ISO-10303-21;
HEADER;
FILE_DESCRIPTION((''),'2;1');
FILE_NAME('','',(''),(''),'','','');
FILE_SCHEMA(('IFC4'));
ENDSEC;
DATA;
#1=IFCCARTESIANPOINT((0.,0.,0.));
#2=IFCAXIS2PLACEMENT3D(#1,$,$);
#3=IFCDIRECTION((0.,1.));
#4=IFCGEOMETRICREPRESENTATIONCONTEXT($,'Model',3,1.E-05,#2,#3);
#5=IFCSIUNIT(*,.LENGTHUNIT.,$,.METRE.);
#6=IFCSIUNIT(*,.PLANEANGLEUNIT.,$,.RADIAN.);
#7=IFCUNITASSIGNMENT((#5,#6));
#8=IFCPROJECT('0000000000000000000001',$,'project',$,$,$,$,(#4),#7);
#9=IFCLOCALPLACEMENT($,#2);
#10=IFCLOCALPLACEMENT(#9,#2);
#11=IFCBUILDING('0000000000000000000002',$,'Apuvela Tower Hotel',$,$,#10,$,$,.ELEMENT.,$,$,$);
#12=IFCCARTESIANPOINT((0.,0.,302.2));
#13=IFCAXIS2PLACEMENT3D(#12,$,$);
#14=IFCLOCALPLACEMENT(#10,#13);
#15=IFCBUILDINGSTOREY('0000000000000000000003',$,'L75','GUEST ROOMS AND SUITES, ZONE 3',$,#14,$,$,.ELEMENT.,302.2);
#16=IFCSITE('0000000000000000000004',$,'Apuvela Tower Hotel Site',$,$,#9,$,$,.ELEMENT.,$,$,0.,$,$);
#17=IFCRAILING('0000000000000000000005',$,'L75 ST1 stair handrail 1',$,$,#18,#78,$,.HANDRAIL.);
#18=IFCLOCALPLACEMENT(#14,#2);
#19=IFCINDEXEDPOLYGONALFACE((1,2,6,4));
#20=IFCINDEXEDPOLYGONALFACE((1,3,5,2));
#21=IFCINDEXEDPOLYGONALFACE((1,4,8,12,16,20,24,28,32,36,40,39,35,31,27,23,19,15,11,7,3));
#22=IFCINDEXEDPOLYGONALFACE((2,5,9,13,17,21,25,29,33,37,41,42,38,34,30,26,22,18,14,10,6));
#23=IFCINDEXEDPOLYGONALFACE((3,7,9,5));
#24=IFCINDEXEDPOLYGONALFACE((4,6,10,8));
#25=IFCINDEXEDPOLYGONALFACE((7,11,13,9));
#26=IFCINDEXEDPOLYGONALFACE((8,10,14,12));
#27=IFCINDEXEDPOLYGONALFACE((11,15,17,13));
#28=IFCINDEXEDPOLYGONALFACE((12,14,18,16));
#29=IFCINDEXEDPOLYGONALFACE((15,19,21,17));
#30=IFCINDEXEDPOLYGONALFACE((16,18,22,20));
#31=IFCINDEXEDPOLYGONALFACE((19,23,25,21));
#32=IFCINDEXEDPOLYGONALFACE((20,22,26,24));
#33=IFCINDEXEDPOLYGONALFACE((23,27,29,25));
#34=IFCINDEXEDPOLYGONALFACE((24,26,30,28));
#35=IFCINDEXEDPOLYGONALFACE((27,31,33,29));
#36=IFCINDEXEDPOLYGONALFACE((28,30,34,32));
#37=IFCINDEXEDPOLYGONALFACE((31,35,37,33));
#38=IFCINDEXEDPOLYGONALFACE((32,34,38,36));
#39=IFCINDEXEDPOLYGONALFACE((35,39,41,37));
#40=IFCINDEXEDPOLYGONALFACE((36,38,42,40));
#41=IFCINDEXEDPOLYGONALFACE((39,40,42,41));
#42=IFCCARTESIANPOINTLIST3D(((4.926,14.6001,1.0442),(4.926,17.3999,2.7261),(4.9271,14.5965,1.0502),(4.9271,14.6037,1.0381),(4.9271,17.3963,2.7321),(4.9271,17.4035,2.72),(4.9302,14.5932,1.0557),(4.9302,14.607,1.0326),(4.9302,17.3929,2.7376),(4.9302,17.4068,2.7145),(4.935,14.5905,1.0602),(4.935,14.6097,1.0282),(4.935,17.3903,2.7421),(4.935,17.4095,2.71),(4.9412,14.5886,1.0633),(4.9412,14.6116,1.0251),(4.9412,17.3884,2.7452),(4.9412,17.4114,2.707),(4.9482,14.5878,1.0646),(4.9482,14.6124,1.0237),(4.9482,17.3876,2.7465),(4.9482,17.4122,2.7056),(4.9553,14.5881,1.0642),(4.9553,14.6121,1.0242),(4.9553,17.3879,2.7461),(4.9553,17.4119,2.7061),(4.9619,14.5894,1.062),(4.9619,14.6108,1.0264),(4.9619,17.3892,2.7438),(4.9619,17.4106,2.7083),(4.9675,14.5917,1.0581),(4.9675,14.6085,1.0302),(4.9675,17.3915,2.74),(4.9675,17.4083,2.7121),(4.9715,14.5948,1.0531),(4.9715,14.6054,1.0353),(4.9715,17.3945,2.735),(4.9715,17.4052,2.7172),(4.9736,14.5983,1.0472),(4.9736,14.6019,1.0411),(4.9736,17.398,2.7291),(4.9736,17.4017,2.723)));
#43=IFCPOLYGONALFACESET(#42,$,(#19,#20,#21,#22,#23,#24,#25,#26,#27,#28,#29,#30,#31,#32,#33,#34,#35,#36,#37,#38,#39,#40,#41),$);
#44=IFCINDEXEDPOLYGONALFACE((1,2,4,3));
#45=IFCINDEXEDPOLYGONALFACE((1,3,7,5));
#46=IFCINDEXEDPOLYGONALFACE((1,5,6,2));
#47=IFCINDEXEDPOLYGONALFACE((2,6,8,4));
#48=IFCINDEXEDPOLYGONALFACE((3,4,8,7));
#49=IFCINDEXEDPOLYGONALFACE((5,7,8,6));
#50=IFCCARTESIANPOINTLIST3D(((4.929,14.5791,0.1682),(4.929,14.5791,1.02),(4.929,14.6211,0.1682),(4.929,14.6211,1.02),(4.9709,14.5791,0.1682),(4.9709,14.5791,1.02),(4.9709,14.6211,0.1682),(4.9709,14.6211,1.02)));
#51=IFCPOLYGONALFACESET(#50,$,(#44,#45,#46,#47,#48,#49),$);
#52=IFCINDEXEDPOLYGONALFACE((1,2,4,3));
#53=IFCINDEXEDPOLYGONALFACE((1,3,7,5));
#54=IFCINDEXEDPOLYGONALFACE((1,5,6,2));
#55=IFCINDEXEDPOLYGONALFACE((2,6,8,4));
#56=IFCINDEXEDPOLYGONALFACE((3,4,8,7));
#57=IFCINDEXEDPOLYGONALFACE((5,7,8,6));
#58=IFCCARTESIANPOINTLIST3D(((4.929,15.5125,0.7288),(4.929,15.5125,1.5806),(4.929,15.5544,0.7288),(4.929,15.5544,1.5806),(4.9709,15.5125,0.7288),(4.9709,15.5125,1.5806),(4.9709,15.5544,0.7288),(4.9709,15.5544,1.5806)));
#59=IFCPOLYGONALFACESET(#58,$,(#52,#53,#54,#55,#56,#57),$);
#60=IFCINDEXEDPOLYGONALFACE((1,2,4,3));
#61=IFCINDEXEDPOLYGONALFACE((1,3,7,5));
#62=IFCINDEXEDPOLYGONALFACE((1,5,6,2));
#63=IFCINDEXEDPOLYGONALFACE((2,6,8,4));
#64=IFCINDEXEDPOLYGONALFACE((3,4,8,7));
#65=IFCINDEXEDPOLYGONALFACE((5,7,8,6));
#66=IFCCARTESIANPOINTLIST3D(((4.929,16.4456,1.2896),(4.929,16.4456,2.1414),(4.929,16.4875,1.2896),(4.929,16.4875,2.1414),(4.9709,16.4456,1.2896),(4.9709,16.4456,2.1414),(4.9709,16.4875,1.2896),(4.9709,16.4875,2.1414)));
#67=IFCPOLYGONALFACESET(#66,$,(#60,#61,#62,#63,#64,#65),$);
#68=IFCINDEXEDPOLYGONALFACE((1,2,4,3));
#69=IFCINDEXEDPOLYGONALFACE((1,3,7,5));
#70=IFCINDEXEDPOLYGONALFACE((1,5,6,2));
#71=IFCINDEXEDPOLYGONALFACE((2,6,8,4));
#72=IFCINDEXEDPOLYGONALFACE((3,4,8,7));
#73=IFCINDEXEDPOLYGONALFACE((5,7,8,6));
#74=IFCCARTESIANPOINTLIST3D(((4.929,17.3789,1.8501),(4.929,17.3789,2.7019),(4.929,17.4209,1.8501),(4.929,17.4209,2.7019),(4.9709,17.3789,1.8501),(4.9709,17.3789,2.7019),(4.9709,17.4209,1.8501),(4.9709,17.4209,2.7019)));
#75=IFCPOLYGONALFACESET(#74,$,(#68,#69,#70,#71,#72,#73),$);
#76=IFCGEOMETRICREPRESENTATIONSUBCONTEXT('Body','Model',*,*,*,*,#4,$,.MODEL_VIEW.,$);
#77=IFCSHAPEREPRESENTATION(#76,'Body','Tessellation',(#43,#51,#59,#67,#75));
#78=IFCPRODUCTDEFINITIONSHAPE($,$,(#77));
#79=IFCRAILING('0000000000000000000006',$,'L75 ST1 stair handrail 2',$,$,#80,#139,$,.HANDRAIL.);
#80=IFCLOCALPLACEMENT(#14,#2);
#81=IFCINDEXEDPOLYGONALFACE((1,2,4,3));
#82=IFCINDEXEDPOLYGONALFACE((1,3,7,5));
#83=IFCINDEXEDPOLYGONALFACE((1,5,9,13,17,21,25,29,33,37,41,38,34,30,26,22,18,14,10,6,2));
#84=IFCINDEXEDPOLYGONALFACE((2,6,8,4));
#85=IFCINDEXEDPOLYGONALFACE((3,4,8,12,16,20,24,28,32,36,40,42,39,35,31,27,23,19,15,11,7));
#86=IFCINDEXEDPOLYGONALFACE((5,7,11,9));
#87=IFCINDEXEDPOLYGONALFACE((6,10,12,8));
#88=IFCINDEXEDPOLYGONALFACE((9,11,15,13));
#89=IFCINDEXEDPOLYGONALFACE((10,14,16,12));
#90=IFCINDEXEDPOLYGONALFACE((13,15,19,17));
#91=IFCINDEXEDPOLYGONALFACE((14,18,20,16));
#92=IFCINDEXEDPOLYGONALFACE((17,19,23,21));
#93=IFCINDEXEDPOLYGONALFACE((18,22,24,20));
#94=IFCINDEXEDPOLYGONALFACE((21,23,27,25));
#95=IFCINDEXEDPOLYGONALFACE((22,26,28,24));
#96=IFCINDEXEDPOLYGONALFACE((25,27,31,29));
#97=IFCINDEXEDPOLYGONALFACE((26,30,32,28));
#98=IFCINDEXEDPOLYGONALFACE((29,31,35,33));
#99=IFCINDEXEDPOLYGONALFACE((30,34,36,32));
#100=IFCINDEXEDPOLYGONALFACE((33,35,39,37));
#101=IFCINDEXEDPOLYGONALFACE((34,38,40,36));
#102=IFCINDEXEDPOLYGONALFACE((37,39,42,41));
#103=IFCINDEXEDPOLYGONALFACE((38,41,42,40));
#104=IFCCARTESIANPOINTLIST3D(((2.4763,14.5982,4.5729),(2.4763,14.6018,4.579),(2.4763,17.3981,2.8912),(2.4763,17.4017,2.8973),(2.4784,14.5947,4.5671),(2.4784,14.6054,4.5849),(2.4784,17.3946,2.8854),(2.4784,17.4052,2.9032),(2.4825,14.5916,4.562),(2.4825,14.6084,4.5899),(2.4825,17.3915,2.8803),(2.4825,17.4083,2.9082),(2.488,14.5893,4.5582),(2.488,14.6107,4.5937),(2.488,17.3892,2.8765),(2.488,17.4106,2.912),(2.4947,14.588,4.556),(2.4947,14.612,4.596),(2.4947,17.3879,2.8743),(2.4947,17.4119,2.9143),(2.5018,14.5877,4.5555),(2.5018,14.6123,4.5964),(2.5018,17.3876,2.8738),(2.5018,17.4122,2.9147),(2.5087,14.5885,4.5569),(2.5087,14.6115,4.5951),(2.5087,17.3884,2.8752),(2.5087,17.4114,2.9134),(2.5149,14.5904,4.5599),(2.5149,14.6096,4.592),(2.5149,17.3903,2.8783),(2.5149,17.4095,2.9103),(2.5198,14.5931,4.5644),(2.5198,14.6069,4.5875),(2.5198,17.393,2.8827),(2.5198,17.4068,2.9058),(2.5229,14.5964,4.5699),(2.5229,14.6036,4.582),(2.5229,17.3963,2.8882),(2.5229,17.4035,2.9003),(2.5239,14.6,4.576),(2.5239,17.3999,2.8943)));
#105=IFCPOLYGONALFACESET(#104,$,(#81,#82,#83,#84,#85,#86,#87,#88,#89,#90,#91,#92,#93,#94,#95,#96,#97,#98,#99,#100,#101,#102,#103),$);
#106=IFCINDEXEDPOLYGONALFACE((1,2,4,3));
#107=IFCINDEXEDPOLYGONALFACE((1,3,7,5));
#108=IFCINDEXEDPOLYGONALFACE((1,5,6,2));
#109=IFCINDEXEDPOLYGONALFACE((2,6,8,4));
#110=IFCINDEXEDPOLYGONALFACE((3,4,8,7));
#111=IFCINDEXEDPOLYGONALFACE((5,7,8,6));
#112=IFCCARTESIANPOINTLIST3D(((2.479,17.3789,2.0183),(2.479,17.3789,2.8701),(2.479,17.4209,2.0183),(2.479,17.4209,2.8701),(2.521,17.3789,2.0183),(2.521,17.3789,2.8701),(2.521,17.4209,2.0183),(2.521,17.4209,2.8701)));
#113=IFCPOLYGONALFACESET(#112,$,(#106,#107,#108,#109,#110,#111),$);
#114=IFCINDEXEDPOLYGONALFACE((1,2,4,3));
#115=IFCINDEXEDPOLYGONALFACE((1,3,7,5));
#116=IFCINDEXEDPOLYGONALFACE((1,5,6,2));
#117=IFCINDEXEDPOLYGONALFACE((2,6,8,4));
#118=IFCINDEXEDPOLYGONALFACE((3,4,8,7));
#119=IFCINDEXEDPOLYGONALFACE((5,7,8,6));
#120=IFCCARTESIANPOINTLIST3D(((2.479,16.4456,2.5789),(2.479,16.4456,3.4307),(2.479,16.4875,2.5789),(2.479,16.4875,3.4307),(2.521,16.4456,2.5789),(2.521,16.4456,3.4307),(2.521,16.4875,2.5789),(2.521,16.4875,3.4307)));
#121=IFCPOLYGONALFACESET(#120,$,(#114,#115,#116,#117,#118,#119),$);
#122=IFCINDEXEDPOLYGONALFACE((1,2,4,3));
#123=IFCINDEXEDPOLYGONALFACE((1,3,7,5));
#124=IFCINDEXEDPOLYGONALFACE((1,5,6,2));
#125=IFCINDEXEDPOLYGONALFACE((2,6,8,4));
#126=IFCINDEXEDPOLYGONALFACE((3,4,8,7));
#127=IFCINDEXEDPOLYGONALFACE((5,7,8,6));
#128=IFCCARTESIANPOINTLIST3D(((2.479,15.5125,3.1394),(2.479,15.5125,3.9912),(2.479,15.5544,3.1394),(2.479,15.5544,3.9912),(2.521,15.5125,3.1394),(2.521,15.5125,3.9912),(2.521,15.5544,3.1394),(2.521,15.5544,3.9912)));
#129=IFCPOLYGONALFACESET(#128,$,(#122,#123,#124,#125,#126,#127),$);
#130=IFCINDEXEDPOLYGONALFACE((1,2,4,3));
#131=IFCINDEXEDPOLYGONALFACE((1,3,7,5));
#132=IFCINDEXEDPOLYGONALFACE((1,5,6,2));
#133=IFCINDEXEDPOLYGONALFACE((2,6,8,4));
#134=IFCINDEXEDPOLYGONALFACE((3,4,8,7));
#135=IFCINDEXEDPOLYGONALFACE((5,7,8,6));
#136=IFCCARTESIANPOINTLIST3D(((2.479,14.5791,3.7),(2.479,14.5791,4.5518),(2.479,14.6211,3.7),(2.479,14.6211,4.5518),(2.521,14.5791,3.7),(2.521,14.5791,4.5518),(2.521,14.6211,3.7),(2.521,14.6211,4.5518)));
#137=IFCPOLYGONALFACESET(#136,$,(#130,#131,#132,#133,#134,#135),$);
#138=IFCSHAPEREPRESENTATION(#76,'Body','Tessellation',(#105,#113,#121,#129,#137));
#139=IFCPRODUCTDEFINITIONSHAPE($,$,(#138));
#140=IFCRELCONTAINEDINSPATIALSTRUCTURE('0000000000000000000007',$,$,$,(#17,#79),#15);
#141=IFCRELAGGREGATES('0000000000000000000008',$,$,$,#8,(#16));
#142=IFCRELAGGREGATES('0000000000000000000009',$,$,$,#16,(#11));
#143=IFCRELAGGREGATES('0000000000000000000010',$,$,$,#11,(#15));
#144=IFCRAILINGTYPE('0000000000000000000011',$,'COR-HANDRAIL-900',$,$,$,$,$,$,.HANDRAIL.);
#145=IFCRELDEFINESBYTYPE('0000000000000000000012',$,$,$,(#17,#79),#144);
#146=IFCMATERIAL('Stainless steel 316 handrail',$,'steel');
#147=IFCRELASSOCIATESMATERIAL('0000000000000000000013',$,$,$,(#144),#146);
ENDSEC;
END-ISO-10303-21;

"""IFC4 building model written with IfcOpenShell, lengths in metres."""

from ifc_helpers import new_model, si_unit, direction, frame, origin, origin_2d, place, context, subcontext, project, spatial, rectangle, circle, extrude, material, type_object, element, save


model = new_model("IFC4")

# Units and contexts
model_context = context("Model", 3, precision=1e-05, world=origin(), true_north=direction((0.0, 1.0)))
body_context = subcontext(model_context, "Body", "Model", "MODEL_VIEW")
ifc_project = project(units=[si_unit("LENGTHUNIT", "METRE"), si_unit("PLANEANGLEUNIT", "RADIAN")], contexts=[model_context])

# Site, building, storey
site_placement = place(None, origin())
site = spatial("IfcSite", under=ifc_project, at=site_placement, Name="Apuvela Tower Hotel Site", CompositionType="ELEMENT", RefElevation=0.0)
building_placement = place(site_placement, origin())
building = spatial("IfcBuilding", under=site, at=building_placement, Name="Apuvela Tower Hotel", CompositionType="ELEMENT")
storey_placement = place(building_placement, frame((0.0, 0.0, 302.2)))
storey = spatial("IfcBuildingStorey", under=building, at=storey_placement, Name="L75", Description="GUEST ROOMS AND SUITES, ZONE 3", CompositionType="ELEMENT", Elevation=302.2)

# Railings
ifc_material_1 = material(Name="Stainless steel 316 handrail", Category="steel")
railing_type_1 = type_object("IfcRailingType", Name="COR-HANDRAIL-900", PredefinedType="HANDRAIL", material=ifc_material_1)
railing_1_placement = place(storey_placement, frame((4.95, 14.6001, 0.1682)))
element("IfcRailing", 1, at=railing_1_placement, inside=storey, type_object=railing_type_1, Name="L75 ST1 stair handrail 1", PredefinedType="HANDRAIL", context=body_context, shape_type="SweptSolid", body=[
    extrude(circle(Radius=0.0239, at=origin_2d()), frame((0.0, 0.0, 0.876), z_axis=(0.0, 0.857222, 0.514946), x_axis=(-1.0, 0.0, 0.0)), (0.0, 0.0, 1.0), 3.2661),
    extrude(rectangle(XDim=0.042, YDim=0.042, at=origin_2d()), origin(), (0.0, 0.0, 1.0), 0.8518),
    extrude(rectangle(XDim=0.042, YDim=0.042, at=origin_2d()), frame((0.0, 0.9333, 0.5605)), (0.0, 0.0, 1.0), 0.8518),
    extrude(rectangle(XDim=0.042, YDim=0.042, at=origin_2d()), frame((0.0, 1.8665, 1.1213)), (0.0, 0.0, 1.0), 0.8518),
    extrude(rectangle(XDim=0.042, YDim=0.042, at=origin_2d()), frame((0.0, 2.7998, 1.6819)), (0.0, 0.0, 1.0), 0.8518),
])
railing_2_placement = place(storey_placement, frame((2.5, 17.3999, 2.0183)))
element("IfcRailing", 2, at=railing_2_placement, inside=storey, type_object=railing_type_1, Name="L75 ST1 stair handrail 2", PredefinedType="HANDRAIL", context=body_context, shape_type="SweptSolid", body=[
    extrude(circle(Radius=0.0239, at=origin_2d()), frame((0.0, 0.0, 0.876), z_axis=(0.0, -0.857255, 0.514891), x_axis=(1.0, 0.0, 0.0)), (0.0, 0.0, 1.0), 3.2661),
    extrude(rectangle(XDim=0.042, YDim=0.042, at=origin_2d()), origin(), (0.0, 0.0, 1.0), 0.8518),
    extrude(rectangle(XDim=0.042, YDim=0.042, at=origin_2d()), frame((0.0, -0.9333, 0.5605)), (0.0, 0.0, 1.0), 0.8518),
    extrude(rectangle(XDim=0.042, YDim=0.042, at=origin_2d()), frame((0.0, -1.8665, 1.1211)), (0.0, 0.0, 1.0), 0.8518),
    extrude(rectangle(XDim=0.042, YDim=0.042, at=origin_2d()), frame((0.0, -2.7998, 1.6816)), (0.0, 0.0, 1.0), 0.8518),
])

save(model, "model.ifc")
